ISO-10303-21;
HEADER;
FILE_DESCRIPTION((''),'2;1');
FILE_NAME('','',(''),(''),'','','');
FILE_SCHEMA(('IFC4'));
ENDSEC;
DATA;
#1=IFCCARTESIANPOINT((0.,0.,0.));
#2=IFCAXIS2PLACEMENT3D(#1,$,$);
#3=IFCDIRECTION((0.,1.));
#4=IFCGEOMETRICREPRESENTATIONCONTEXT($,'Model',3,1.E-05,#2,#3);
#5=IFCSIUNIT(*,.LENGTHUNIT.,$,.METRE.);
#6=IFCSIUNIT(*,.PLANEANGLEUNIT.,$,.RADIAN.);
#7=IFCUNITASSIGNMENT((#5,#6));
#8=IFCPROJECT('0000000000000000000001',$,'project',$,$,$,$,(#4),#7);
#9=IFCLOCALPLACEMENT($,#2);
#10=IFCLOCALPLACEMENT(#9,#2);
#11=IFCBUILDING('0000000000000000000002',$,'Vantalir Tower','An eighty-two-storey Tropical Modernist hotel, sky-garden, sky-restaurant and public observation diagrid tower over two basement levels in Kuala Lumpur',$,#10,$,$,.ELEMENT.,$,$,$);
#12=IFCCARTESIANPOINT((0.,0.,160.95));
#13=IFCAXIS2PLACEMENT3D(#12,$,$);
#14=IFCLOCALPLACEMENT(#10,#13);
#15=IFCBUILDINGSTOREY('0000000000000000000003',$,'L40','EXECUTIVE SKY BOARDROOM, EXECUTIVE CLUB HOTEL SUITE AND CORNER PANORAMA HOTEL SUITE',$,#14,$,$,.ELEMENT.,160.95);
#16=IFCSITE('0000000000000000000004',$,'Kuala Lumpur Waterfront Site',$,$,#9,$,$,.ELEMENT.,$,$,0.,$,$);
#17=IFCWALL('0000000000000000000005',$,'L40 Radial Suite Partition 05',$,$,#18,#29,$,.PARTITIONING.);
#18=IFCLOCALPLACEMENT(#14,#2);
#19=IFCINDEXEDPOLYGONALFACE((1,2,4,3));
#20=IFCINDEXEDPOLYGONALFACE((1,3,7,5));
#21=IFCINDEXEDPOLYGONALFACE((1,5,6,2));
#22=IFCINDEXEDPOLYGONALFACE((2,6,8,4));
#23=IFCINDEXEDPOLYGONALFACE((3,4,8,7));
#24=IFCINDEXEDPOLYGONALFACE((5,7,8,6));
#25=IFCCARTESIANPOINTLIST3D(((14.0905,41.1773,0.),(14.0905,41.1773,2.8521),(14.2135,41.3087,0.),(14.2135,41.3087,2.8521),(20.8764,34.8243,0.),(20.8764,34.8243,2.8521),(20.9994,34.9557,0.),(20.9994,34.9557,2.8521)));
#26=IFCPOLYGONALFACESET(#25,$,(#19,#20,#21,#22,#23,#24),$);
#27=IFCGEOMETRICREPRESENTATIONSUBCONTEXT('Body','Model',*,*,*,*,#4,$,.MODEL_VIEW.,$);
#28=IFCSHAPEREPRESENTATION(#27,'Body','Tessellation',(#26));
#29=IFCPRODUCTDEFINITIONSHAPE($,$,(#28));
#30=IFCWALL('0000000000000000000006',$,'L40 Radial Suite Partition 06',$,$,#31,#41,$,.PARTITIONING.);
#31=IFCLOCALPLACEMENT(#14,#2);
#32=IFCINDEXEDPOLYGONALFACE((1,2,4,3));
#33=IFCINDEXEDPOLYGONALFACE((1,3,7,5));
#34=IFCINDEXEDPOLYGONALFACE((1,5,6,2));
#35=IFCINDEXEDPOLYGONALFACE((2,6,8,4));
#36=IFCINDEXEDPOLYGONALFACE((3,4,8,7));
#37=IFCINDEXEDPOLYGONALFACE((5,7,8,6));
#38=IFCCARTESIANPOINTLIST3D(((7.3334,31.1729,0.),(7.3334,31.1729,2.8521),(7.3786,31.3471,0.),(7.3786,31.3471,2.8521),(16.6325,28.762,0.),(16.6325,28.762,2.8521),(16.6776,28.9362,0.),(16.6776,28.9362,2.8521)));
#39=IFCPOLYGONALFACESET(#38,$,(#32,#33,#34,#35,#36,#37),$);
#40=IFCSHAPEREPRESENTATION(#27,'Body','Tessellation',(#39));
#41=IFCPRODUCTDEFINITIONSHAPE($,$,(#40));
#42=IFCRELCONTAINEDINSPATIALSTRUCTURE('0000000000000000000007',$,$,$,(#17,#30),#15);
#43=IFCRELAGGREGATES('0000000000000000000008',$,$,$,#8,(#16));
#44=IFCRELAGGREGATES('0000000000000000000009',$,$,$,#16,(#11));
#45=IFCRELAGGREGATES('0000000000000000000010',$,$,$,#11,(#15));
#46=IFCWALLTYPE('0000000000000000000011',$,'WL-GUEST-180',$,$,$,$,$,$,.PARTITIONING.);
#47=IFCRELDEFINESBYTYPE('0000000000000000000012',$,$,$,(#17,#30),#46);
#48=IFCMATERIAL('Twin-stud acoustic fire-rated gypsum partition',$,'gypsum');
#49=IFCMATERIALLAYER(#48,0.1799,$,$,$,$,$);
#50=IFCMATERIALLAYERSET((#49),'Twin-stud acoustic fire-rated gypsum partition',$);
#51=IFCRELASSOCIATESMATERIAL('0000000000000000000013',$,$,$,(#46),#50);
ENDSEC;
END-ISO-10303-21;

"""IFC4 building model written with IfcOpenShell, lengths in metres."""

from ifc_helpers import new_model, si_unit, direction, frame, frame_2d, origin, place, context, subcontext, project, spatial, rectangle, extrude, material, layer, layer_set, type_object, element, save


model = new_model("IFC4")

# Units and contexts
model_context = context("Model", 3, precision=1e-05, world=origin(), true_north=direction((0.0, 1.0)))
body_context = subcontext(model_context, "Body", "Model", "MODEL_VIEW")
ifc_project = project(units=[si_unit("LENGTHUNIT", "METRE"), si_unit("PLANEANGLEUNIT", "RADIAN")], contexts=[model_context])

# Site, building, storey
site_placement = place(None, origin())
site = spatial("IfcSite", under=ifc_project, at=site_placement, Name="Kuala Lumpur Waterfront Site", CompositionType="ELEMENT", RefElevation=0.0)
building_placement = place(site_placement, origin())
building = spatial("IfcBuilding", under=site, at=building_placement, Name="Vantalir Tower", Description="An eighty-two-storey Tropical Modernist hotel, sky-garden, sky-restaurant and public observation diagrid tower over two basement levels in Kuala Lumpur", CompositionType="ELEMENT")
storey_placement = place(building_placement, frame((0.0, 0.0, 160.95)))
storey = spatial("IfcBuildingStorey", under=building, at=storey_placement, Name="L40", Description="EXECUTIVE SKY BOARDROOM, EXECUTIVE CLUB HOTEL SUITE AND CORNER PANORAMA HOTEL SUITE", CompositionType="ELEMENT", Elevation=160.95)

# Walls
ifc_material_1 = material(Name="Twin-stud acoustic fire-rated gypsum partition", Category="gypsum")
ifc_layer_1 = layer(ifc_material_1, 0.1799)
ifc_layer_set_1 = layer_set([ifc_layer_1], Name="Twin-stud acoustic fire-rated gypsum partition")
wall_type_1 = type_object("IfcWallType", Name="WL-GUEST-180", PredefinedType="PARTITIONING", material=ifc_layer_set_1)
wall_1_placement = place(storey_placement, frame((20.938, 34.8899, 0.0), z_axis=(0.0, 0.0, 1.0), x_axis=(-0.730006, 0.68344, 0.0)))
element("IfcWall", 1, at=wall_1_placement, inside=storey, type_object=wall_type_1, Name="L40 Radial Suite Partition 05", PredefinedType="PARTITIONING", context=body_context, shape_type="SweptSolid", body=[
    extrude(rectangle(XDim=9.2957, YDim=0.1799, at=frame_2d((4.6479, 0.0))), origin(), (0.0, 0.0, 1.0), 2.8521),
])
wall_2_placement = place(storey_placement, frame((16.655, 28.8491, 0.0), z_axis=(0.0, 0.0, 1.0), x_axis=(-0.967996, 0.250964, 0.0)))
element("IfcWall", 2, at=wall_2_placement, inside=storey, type_object=wall_type_1, Name="L40 Radial Suite Partition 06", PredefinedType="PARTITIONING", context=body_context, shape_type="SweptSolid", body=[
    extrude(rectangle(XDim=9.6064, YDim=0.1799, at=frame_2d((4.8032, 0.0))), origin(), (0.0, 0.0, 1.0), 2.8521),
])

save(model, "model.ifc")
